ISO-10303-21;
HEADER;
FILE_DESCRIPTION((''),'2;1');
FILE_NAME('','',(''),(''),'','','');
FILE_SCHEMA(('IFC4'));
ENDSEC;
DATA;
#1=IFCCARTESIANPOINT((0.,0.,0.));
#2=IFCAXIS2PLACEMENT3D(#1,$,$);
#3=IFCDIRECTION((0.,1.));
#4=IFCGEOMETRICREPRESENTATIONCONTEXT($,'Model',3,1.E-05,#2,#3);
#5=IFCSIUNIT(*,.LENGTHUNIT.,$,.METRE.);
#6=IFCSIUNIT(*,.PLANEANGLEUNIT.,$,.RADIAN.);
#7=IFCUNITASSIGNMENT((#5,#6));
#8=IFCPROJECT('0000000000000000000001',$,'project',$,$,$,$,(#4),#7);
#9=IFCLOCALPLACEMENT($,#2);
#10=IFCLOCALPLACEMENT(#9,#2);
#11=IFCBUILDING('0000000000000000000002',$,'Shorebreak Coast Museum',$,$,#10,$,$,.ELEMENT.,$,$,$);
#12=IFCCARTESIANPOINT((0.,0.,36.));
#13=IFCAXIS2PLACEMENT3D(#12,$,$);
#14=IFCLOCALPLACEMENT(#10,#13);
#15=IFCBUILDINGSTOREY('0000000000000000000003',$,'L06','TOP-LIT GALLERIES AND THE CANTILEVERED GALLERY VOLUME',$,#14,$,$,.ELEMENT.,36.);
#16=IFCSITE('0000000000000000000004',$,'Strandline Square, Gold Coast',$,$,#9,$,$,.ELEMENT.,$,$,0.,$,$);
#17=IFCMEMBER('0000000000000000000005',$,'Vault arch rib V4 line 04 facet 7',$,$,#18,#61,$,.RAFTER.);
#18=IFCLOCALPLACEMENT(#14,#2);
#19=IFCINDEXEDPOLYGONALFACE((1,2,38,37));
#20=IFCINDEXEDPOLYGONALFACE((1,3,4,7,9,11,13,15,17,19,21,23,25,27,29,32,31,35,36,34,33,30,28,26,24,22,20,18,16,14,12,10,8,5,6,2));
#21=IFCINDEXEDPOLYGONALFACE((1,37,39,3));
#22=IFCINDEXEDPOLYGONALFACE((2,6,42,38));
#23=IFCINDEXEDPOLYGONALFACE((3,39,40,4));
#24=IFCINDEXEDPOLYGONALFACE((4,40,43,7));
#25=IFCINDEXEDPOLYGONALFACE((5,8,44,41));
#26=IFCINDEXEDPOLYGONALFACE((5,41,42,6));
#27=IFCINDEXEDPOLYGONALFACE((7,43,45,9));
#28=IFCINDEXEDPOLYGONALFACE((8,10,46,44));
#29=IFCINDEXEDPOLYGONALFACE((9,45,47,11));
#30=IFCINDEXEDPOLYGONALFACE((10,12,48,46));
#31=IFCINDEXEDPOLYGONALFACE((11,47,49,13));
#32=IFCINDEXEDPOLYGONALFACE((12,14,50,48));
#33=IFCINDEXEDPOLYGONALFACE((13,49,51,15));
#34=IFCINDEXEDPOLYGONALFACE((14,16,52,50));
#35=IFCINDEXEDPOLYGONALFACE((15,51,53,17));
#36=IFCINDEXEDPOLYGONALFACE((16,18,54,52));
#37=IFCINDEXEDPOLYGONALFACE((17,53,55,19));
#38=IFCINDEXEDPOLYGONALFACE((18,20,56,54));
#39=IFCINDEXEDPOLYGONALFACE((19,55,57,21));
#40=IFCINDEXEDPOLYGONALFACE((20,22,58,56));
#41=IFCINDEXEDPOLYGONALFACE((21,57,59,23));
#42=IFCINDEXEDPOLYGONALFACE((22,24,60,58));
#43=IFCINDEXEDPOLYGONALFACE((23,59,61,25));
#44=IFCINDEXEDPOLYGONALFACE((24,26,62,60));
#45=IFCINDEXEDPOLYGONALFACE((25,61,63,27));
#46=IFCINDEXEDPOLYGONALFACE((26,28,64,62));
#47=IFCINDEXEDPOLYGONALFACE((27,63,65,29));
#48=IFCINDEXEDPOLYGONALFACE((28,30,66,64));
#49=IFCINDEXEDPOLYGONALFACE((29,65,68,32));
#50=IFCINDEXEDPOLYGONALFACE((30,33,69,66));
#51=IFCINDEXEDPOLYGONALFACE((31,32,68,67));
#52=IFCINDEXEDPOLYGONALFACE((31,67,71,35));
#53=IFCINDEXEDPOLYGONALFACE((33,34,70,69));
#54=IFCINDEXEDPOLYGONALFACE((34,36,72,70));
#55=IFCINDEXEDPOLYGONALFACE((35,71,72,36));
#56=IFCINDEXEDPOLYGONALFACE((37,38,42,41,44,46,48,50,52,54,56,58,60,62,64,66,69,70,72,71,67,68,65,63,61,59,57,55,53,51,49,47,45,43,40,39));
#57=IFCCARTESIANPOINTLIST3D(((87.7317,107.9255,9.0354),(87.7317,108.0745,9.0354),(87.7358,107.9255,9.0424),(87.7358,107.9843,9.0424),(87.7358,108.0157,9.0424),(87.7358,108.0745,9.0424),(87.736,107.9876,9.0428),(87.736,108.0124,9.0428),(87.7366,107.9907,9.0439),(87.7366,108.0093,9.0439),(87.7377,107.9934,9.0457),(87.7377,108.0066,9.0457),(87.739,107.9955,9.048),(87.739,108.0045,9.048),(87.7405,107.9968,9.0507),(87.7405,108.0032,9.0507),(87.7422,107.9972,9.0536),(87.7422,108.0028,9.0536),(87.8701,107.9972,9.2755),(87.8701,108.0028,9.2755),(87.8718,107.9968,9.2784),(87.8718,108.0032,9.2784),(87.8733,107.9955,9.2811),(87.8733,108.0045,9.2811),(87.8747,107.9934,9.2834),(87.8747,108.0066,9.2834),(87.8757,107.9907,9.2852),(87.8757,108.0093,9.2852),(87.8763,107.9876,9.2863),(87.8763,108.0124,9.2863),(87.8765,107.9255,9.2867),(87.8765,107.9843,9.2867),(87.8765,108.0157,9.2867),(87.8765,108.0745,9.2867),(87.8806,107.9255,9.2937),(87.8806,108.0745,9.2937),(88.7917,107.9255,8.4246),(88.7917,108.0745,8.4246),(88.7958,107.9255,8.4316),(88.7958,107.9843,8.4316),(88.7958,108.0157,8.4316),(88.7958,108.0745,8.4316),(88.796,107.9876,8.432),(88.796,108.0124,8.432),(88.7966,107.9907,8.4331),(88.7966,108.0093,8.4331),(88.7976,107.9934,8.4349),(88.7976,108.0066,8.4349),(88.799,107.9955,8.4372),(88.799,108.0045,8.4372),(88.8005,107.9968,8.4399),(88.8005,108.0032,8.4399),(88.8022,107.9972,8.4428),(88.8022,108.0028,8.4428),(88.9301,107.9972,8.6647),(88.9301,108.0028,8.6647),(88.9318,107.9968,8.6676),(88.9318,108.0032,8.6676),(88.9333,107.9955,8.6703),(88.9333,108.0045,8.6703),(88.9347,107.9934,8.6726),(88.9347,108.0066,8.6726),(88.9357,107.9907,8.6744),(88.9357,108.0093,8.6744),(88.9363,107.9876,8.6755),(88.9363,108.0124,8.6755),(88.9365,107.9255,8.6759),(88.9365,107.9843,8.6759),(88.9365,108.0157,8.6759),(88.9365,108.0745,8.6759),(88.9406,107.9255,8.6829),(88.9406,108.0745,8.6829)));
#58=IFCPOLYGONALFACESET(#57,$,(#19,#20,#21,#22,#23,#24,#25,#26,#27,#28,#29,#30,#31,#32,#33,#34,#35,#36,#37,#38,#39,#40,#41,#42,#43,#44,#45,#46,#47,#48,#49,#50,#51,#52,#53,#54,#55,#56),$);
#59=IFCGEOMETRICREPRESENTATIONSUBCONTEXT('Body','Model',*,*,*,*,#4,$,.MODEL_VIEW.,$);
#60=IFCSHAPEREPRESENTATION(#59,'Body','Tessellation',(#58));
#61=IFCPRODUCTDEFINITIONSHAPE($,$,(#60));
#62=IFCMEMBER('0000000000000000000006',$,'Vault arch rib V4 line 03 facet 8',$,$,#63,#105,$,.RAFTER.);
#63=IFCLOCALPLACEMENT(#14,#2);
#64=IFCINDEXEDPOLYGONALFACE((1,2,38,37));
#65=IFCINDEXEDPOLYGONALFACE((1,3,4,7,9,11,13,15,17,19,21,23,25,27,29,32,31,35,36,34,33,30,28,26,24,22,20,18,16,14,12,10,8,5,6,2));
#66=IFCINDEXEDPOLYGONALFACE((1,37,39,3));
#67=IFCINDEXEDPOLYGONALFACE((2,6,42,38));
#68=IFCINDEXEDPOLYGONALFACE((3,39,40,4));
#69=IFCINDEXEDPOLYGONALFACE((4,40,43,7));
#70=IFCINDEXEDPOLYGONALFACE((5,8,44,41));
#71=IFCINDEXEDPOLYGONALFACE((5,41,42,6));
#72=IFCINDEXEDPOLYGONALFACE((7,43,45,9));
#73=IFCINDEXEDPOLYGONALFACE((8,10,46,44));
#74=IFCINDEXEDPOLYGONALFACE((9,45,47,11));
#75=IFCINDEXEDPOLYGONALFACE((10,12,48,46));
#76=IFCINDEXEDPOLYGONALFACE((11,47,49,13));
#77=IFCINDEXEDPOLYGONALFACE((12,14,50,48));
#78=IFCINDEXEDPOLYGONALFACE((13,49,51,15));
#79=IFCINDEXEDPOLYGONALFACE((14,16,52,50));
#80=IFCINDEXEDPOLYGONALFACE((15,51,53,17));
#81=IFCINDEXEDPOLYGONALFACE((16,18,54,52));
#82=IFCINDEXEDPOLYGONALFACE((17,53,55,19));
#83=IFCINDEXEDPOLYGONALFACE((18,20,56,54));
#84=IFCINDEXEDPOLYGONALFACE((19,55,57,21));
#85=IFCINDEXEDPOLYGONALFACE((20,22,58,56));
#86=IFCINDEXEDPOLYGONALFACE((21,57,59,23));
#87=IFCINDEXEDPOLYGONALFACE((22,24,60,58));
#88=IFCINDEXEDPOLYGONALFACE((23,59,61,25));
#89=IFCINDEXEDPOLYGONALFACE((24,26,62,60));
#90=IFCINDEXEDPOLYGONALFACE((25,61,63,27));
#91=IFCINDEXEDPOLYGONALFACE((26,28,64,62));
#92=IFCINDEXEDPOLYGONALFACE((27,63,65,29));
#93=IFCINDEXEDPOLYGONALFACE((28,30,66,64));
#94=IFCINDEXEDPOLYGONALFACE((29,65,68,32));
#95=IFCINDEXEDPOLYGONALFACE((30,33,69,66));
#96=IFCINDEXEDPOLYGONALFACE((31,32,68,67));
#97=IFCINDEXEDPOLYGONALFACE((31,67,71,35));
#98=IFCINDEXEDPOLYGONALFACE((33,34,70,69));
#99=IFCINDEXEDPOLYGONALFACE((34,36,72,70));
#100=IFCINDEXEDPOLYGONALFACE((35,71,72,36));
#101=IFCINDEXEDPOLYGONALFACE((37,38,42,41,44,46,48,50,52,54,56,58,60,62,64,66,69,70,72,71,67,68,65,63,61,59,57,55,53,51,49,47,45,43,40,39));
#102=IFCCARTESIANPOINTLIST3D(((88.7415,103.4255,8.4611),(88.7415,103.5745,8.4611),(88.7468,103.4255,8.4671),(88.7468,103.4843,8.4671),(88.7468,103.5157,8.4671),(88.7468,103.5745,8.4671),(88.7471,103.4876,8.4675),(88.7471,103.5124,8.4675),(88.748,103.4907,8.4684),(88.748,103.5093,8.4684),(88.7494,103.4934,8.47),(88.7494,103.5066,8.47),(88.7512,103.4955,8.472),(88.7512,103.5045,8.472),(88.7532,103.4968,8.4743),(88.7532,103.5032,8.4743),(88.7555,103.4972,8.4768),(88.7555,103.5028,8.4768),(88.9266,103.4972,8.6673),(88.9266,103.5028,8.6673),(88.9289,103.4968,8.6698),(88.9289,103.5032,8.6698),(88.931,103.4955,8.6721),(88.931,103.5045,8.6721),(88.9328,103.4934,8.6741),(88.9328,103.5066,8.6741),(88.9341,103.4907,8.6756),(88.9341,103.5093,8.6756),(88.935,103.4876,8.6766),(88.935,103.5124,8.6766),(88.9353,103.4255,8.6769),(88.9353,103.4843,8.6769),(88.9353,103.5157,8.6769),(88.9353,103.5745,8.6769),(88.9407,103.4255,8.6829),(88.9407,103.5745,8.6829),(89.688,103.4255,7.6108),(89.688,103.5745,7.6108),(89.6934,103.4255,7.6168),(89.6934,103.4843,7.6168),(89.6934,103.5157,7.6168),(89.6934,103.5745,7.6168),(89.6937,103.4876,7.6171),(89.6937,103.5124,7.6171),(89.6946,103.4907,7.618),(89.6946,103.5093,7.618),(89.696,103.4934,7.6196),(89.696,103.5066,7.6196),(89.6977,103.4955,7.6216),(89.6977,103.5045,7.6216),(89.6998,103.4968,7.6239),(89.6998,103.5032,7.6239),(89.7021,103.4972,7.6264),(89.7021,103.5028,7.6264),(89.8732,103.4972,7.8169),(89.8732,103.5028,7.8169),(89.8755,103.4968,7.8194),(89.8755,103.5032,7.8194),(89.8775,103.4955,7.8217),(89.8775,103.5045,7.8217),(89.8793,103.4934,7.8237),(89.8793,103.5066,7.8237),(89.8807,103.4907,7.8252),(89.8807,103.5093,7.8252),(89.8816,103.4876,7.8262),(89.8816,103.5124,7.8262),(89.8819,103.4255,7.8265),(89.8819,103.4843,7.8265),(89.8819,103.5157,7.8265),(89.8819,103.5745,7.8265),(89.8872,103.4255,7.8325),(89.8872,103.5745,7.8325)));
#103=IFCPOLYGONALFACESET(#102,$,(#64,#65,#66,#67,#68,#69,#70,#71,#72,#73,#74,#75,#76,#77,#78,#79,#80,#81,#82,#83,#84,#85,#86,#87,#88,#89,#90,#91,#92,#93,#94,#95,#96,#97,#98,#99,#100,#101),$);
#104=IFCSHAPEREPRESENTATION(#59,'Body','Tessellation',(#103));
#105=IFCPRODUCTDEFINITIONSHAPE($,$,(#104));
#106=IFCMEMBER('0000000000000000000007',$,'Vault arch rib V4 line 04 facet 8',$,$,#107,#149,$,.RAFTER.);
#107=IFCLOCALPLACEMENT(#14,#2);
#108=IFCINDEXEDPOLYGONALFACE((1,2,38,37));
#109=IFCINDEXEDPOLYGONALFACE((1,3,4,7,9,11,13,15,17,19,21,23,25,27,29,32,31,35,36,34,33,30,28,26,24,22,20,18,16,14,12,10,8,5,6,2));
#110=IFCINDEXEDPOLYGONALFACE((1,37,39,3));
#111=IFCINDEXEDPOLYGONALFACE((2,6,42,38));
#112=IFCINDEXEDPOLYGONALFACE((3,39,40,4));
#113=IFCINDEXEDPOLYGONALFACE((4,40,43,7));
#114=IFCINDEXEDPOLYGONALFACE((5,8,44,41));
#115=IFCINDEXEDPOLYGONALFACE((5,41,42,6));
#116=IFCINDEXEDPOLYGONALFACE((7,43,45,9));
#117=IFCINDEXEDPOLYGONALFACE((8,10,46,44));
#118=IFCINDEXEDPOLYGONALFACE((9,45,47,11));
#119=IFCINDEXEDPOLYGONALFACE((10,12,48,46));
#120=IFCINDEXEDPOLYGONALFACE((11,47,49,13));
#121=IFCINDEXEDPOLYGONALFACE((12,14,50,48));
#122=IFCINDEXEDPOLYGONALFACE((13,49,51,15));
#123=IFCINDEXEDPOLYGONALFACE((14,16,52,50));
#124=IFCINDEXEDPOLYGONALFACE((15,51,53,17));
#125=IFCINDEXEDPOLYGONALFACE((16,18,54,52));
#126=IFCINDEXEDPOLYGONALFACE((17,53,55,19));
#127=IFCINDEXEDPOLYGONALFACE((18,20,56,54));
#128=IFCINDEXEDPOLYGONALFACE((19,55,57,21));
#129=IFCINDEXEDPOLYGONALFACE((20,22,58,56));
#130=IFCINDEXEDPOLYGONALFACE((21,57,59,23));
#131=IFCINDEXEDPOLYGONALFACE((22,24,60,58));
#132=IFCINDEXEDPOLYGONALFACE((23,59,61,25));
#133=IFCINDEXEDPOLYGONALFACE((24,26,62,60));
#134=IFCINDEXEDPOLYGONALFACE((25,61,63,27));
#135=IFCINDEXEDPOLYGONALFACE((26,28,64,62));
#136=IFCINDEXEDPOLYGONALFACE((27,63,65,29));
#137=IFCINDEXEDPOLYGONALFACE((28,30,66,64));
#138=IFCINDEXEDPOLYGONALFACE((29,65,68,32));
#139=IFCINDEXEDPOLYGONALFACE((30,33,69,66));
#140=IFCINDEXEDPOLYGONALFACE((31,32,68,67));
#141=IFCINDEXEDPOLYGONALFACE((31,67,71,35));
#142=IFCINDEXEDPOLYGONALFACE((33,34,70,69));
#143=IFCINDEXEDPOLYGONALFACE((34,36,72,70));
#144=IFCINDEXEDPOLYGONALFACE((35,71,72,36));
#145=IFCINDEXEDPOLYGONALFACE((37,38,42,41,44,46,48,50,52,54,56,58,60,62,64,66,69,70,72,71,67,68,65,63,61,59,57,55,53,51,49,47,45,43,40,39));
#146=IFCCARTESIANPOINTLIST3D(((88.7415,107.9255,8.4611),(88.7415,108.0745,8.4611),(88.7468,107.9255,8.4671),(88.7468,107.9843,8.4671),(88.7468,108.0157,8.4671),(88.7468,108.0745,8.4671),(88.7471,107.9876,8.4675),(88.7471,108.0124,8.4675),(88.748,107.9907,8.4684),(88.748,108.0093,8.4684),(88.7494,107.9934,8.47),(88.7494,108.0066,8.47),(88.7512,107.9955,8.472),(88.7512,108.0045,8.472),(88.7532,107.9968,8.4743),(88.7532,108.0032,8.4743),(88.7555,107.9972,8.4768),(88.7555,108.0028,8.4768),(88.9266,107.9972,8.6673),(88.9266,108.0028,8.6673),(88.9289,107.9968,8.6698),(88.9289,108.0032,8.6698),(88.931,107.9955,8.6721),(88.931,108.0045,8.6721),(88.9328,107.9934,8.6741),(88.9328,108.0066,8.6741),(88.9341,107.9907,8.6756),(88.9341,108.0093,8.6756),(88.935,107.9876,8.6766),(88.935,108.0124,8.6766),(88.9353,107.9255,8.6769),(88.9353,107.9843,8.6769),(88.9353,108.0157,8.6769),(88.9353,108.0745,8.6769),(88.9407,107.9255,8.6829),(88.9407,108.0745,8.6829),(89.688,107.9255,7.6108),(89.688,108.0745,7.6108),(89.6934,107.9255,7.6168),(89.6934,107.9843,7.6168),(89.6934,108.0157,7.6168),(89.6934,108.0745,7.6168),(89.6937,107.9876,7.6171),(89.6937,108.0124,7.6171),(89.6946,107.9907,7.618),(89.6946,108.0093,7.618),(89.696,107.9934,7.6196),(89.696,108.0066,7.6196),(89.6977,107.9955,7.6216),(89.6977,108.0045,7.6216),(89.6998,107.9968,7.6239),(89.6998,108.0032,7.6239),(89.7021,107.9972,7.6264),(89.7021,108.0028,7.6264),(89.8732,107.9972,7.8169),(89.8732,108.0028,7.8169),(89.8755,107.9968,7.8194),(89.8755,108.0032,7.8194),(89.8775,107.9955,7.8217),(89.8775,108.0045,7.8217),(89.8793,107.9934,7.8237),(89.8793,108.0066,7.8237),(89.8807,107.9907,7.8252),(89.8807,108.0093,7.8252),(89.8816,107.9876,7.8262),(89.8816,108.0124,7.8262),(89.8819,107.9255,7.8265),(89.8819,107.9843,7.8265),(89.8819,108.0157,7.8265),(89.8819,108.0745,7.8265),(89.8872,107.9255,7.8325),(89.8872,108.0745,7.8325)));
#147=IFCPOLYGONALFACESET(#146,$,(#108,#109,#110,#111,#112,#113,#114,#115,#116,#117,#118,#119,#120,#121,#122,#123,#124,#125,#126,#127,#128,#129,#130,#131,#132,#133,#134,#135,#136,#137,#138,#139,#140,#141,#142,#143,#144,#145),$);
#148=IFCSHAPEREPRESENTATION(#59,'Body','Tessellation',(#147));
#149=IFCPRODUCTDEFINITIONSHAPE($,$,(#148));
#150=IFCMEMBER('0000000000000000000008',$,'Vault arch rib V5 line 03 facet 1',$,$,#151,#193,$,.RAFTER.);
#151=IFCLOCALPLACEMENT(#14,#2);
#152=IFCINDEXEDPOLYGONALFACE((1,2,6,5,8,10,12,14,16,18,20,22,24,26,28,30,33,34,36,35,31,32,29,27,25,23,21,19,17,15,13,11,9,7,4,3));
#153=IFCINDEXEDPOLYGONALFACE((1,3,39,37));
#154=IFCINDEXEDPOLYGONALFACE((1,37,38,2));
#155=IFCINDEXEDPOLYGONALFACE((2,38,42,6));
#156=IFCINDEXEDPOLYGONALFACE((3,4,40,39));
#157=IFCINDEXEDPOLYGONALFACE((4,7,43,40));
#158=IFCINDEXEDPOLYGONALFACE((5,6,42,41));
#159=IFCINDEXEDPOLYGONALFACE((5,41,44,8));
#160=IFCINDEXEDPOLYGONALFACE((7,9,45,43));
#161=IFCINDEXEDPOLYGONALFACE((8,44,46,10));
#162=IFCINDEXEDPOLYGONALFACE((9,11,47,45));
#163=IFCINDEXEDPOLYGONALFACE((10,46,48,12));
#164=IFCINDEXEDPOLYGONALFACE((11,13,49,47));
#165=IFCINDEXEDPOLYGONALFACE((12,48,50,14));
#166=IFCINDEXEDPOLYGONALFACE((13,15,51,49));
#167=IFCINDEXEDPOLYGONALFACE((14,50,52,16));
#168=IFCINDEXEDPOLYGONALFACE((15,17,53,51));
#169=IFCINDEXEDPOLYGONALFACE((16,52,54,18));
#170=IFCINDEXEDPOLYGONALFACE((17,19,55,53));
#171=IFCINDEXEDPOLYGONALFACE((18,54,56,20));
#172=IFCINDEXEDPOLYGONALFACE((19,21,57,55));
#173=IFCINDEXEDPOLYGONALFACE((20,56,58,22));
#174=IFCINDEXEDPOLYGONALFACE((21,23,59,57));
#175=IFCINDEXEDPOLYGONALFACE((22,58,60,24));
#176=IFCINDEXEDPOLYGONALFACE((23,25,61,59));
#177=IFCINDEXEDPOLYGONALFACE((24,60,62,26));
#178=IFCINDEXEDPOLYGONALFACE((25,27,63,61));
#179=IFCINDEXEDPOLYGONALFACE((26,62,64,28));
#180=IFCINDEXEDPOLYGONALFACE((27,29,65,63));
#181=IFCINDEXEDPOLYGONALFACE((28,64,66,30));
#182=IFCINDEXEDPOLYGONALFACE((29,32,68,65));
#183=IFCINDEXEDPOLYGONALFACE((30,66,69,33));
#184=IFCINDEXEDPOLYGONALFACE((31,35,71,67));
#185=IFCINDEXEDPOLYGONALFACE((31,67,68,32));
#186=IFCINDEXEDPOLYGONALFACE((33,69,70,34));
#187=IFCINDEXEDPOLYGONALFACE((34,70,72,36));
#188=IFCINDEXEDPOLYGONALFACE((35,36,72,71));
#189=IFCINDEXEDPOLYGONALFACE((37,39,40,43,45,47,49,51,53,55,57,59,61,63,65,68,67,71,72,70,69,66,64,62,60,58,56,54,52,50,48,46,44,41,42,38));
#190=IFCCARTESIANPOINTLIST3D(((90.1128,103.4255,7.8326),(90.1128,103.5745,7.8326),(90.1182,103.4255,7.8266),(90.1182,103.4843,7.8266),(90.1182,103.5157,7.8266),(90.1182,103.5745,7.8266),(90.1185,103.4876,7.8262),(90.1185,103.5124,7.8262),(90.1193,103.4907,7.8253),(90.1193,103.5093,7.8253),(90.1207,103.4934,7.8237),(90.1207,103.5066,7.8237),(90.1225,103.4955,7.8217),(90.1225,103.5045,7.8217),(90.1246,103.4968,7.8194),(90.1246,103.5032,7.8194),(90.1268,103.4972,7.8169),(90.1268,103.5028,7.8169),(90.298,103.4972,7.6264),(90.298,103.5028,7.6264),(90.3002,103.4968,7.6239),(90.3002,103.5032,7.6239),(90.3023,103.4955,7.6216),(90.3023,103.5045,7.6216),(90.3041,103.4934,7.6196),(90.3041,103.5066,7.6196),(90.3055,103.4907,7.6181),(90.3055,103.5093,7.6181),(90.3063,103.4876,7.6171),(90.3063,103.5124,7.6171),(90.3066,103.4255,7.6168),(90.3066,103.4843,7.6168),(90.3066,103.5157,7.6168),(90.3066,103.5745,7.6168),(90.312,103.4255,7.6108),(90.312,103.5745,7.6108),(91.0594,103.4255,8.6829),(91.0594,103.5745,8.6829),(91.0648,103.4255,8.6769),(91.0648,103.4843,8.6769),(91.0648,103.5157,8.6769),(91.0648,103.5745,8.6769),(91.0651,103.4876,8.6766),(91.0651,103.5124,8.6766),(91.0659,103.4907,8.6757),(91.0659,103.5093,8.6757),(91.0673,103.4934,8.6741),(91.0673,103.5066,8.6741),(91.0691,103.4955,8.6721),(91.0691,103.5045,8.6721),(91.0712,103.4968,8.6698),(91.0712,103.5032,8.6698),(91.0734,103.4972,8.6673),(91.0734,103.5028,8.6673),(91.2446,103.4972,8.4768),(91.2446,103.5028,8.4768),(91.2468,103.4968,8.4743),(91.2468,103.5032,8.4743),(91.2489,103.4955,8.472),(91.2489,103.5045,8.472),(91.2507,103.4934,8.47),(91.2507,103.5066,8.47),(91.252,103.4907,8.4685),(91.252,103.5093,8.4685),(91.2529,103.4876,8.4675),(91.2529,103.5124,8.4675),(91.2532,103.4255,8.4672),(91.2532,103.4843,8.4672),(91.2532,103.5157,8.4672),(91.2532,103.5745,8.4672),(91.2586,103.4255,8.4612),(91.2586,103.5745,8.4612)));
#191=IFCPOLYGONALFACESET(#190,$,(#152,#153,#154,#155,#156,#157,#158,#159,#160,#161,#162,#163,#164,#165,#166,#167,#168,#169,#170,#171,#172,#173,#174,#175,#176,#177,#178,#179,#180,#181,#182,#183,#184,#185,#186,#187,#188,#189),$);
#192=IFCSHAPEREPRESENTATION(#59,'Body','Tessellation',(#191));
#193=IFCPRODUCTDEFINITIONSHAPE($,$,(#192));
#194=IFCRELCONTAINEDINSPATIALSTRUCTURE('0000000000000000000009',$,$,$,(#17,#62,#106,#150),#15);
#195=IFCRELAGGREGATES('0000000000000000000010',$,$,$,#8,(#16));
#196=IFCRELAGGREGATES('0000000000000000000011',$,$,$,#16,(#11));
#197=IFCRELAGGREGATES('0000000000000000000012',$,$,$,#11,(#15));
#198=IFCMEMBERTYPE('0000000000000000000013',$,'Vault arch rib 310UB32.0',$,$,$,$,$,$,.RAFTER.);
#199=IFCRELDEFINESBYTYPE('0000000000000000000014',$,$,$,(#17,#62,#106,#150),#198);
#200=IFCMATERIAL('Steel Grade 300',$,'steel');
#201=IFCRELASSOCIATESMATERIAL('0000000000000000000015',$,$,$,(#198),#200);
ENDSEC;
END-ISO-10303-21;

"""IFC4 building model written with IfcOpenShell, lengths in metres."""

from ifc_helpers import new_model, si_unit, direction, frame, origin, origin_2d, place, context, subcontext, project, spatial, i_section, extrude, material, material_profile, profile_set, type_object, element, save


model = new_model("IFC4")

# Units and contexts
model_context = context("Model", 3, precision=1e-05, world=origin(), true_north=direction((0.0, 1.0)))
body_context = subcontext(model_context, "Body", "Model", "MODEL_VIEW")
ifc_project = project(units=[si_unit("LENGTHUNIT", "METRE"), si_unit("PLANEANGLEUNIT", "RADIAN")], contexts=[model_context])

# Site, building, storey
site_placement = place(None, origin())
site = spatial("IfcSite", under=ifc_project, at=site_placement, Name="Strandline Square, Gold Coast", CompositionType="ELEMENT", RefElevation=0.0)
building_placement = place(site_placement, origin())
building = spatial("IfcBuilding", under=site, at=building_placement, Name="Shorebreak Coast Museum", CompositionType="ELEMENT")
storey_placement = place(building_placement, frame((0.0, 0.0, 36.0)))
storey = spatial("IfcBuildingStorey", under=building, at=storey_placement, Name="L06", Description="TOP-LIT GALLERIES AND THE CANTILEVERED GALLERY VOLUME", CompositionType="ELEMENT", Elevation=36.0)

# Members
ifc_material_1 = material(Name="Steel Grade 300", Category="steel")
ifc_material_profile_1 = material_profile(ifc_material_1, i_section(OverallWidth=0.1489, OverallDepth=0.2981, WebThickness=0.0056, FlangeThickness=0.0081, FilletRadius=0.0129, at=origin_2d()), Name="310UB32.0")
ifc_profile_set_1 = profile_set([ifc_material_profile_1], Name="Steel Grade 300")
member_type_1 = type_object("IfcMemberType", Name="Vault arch rib 310UB32.0", PredefinedType="RAFTER", material=ifc_profile_set_1)
for number, where, z_axis, x_axis, name in (
    (1, (87.8062, 108.0, 9.1646), (0.866445, 0.0, -0.499273), (0.0, 1.0, 0.0), "Vault arch rib V4 line 04 facet 7"),
):
    element("IfcMember", number, at=place(storey_placement, frame(where, z_axis=z_axis, x_axis=x_axis)), inside=storey, type_object=member_type_1, Name=name, PredefinedType="RAFTER", context=body_context, shape_type="SweptSolid", body=[
        extrude(i_section(OverallWidth=0.1489, OverallDepth=0.2981, WebThickness=0.0056, FlangeThickness=0.0081, FilletRadius=0.0129, at=origin_2d()), origin(), (0.0, 0.0, 1.0), 1.2234),
    ])
for number, where, z_axis, x_axis, name in (
    (2, (88.8411, 103.5, 8.572), (0.743895, 0.0, -0.668297), (0.0, 1.0, 0.0), "Vault arch rib V4 line 03 facet 8"),
    (3, (88.8411, 108.0, 8.572), (0.743895, 0.0, -0.668297), (0.0, 1.0, 0.0), "Vault arch rib V4 line 04 facet 8"),
    (4, (90.2124, 103.5, 7.7217), (0.743895, 0.0, 0.668297), (0.0, 1.0, 0.0), "Vault arch rib V5 line 03 facet 1"),
):
    element("IfcMember", number, at=place(storey_placement, frame(where, z_axis=z_axis, x_axis=x_axis)), inside=storey, type_object=member_type_1, Name=name, PredefinedType="RAFTER", context=body_context, shape_type="SweptSolid", body=[
        extrude(i_section(OverallWidth=0.1489, OverallDepth=0.2981, WebThickness=0.0056, FlangeThickness=0.0081, FilletRadius=0.0129, at=origin_2d()), origin(), (0.0, 0.0, 1.0), 1.2725),
    ])

save(model, "model.ifc")
